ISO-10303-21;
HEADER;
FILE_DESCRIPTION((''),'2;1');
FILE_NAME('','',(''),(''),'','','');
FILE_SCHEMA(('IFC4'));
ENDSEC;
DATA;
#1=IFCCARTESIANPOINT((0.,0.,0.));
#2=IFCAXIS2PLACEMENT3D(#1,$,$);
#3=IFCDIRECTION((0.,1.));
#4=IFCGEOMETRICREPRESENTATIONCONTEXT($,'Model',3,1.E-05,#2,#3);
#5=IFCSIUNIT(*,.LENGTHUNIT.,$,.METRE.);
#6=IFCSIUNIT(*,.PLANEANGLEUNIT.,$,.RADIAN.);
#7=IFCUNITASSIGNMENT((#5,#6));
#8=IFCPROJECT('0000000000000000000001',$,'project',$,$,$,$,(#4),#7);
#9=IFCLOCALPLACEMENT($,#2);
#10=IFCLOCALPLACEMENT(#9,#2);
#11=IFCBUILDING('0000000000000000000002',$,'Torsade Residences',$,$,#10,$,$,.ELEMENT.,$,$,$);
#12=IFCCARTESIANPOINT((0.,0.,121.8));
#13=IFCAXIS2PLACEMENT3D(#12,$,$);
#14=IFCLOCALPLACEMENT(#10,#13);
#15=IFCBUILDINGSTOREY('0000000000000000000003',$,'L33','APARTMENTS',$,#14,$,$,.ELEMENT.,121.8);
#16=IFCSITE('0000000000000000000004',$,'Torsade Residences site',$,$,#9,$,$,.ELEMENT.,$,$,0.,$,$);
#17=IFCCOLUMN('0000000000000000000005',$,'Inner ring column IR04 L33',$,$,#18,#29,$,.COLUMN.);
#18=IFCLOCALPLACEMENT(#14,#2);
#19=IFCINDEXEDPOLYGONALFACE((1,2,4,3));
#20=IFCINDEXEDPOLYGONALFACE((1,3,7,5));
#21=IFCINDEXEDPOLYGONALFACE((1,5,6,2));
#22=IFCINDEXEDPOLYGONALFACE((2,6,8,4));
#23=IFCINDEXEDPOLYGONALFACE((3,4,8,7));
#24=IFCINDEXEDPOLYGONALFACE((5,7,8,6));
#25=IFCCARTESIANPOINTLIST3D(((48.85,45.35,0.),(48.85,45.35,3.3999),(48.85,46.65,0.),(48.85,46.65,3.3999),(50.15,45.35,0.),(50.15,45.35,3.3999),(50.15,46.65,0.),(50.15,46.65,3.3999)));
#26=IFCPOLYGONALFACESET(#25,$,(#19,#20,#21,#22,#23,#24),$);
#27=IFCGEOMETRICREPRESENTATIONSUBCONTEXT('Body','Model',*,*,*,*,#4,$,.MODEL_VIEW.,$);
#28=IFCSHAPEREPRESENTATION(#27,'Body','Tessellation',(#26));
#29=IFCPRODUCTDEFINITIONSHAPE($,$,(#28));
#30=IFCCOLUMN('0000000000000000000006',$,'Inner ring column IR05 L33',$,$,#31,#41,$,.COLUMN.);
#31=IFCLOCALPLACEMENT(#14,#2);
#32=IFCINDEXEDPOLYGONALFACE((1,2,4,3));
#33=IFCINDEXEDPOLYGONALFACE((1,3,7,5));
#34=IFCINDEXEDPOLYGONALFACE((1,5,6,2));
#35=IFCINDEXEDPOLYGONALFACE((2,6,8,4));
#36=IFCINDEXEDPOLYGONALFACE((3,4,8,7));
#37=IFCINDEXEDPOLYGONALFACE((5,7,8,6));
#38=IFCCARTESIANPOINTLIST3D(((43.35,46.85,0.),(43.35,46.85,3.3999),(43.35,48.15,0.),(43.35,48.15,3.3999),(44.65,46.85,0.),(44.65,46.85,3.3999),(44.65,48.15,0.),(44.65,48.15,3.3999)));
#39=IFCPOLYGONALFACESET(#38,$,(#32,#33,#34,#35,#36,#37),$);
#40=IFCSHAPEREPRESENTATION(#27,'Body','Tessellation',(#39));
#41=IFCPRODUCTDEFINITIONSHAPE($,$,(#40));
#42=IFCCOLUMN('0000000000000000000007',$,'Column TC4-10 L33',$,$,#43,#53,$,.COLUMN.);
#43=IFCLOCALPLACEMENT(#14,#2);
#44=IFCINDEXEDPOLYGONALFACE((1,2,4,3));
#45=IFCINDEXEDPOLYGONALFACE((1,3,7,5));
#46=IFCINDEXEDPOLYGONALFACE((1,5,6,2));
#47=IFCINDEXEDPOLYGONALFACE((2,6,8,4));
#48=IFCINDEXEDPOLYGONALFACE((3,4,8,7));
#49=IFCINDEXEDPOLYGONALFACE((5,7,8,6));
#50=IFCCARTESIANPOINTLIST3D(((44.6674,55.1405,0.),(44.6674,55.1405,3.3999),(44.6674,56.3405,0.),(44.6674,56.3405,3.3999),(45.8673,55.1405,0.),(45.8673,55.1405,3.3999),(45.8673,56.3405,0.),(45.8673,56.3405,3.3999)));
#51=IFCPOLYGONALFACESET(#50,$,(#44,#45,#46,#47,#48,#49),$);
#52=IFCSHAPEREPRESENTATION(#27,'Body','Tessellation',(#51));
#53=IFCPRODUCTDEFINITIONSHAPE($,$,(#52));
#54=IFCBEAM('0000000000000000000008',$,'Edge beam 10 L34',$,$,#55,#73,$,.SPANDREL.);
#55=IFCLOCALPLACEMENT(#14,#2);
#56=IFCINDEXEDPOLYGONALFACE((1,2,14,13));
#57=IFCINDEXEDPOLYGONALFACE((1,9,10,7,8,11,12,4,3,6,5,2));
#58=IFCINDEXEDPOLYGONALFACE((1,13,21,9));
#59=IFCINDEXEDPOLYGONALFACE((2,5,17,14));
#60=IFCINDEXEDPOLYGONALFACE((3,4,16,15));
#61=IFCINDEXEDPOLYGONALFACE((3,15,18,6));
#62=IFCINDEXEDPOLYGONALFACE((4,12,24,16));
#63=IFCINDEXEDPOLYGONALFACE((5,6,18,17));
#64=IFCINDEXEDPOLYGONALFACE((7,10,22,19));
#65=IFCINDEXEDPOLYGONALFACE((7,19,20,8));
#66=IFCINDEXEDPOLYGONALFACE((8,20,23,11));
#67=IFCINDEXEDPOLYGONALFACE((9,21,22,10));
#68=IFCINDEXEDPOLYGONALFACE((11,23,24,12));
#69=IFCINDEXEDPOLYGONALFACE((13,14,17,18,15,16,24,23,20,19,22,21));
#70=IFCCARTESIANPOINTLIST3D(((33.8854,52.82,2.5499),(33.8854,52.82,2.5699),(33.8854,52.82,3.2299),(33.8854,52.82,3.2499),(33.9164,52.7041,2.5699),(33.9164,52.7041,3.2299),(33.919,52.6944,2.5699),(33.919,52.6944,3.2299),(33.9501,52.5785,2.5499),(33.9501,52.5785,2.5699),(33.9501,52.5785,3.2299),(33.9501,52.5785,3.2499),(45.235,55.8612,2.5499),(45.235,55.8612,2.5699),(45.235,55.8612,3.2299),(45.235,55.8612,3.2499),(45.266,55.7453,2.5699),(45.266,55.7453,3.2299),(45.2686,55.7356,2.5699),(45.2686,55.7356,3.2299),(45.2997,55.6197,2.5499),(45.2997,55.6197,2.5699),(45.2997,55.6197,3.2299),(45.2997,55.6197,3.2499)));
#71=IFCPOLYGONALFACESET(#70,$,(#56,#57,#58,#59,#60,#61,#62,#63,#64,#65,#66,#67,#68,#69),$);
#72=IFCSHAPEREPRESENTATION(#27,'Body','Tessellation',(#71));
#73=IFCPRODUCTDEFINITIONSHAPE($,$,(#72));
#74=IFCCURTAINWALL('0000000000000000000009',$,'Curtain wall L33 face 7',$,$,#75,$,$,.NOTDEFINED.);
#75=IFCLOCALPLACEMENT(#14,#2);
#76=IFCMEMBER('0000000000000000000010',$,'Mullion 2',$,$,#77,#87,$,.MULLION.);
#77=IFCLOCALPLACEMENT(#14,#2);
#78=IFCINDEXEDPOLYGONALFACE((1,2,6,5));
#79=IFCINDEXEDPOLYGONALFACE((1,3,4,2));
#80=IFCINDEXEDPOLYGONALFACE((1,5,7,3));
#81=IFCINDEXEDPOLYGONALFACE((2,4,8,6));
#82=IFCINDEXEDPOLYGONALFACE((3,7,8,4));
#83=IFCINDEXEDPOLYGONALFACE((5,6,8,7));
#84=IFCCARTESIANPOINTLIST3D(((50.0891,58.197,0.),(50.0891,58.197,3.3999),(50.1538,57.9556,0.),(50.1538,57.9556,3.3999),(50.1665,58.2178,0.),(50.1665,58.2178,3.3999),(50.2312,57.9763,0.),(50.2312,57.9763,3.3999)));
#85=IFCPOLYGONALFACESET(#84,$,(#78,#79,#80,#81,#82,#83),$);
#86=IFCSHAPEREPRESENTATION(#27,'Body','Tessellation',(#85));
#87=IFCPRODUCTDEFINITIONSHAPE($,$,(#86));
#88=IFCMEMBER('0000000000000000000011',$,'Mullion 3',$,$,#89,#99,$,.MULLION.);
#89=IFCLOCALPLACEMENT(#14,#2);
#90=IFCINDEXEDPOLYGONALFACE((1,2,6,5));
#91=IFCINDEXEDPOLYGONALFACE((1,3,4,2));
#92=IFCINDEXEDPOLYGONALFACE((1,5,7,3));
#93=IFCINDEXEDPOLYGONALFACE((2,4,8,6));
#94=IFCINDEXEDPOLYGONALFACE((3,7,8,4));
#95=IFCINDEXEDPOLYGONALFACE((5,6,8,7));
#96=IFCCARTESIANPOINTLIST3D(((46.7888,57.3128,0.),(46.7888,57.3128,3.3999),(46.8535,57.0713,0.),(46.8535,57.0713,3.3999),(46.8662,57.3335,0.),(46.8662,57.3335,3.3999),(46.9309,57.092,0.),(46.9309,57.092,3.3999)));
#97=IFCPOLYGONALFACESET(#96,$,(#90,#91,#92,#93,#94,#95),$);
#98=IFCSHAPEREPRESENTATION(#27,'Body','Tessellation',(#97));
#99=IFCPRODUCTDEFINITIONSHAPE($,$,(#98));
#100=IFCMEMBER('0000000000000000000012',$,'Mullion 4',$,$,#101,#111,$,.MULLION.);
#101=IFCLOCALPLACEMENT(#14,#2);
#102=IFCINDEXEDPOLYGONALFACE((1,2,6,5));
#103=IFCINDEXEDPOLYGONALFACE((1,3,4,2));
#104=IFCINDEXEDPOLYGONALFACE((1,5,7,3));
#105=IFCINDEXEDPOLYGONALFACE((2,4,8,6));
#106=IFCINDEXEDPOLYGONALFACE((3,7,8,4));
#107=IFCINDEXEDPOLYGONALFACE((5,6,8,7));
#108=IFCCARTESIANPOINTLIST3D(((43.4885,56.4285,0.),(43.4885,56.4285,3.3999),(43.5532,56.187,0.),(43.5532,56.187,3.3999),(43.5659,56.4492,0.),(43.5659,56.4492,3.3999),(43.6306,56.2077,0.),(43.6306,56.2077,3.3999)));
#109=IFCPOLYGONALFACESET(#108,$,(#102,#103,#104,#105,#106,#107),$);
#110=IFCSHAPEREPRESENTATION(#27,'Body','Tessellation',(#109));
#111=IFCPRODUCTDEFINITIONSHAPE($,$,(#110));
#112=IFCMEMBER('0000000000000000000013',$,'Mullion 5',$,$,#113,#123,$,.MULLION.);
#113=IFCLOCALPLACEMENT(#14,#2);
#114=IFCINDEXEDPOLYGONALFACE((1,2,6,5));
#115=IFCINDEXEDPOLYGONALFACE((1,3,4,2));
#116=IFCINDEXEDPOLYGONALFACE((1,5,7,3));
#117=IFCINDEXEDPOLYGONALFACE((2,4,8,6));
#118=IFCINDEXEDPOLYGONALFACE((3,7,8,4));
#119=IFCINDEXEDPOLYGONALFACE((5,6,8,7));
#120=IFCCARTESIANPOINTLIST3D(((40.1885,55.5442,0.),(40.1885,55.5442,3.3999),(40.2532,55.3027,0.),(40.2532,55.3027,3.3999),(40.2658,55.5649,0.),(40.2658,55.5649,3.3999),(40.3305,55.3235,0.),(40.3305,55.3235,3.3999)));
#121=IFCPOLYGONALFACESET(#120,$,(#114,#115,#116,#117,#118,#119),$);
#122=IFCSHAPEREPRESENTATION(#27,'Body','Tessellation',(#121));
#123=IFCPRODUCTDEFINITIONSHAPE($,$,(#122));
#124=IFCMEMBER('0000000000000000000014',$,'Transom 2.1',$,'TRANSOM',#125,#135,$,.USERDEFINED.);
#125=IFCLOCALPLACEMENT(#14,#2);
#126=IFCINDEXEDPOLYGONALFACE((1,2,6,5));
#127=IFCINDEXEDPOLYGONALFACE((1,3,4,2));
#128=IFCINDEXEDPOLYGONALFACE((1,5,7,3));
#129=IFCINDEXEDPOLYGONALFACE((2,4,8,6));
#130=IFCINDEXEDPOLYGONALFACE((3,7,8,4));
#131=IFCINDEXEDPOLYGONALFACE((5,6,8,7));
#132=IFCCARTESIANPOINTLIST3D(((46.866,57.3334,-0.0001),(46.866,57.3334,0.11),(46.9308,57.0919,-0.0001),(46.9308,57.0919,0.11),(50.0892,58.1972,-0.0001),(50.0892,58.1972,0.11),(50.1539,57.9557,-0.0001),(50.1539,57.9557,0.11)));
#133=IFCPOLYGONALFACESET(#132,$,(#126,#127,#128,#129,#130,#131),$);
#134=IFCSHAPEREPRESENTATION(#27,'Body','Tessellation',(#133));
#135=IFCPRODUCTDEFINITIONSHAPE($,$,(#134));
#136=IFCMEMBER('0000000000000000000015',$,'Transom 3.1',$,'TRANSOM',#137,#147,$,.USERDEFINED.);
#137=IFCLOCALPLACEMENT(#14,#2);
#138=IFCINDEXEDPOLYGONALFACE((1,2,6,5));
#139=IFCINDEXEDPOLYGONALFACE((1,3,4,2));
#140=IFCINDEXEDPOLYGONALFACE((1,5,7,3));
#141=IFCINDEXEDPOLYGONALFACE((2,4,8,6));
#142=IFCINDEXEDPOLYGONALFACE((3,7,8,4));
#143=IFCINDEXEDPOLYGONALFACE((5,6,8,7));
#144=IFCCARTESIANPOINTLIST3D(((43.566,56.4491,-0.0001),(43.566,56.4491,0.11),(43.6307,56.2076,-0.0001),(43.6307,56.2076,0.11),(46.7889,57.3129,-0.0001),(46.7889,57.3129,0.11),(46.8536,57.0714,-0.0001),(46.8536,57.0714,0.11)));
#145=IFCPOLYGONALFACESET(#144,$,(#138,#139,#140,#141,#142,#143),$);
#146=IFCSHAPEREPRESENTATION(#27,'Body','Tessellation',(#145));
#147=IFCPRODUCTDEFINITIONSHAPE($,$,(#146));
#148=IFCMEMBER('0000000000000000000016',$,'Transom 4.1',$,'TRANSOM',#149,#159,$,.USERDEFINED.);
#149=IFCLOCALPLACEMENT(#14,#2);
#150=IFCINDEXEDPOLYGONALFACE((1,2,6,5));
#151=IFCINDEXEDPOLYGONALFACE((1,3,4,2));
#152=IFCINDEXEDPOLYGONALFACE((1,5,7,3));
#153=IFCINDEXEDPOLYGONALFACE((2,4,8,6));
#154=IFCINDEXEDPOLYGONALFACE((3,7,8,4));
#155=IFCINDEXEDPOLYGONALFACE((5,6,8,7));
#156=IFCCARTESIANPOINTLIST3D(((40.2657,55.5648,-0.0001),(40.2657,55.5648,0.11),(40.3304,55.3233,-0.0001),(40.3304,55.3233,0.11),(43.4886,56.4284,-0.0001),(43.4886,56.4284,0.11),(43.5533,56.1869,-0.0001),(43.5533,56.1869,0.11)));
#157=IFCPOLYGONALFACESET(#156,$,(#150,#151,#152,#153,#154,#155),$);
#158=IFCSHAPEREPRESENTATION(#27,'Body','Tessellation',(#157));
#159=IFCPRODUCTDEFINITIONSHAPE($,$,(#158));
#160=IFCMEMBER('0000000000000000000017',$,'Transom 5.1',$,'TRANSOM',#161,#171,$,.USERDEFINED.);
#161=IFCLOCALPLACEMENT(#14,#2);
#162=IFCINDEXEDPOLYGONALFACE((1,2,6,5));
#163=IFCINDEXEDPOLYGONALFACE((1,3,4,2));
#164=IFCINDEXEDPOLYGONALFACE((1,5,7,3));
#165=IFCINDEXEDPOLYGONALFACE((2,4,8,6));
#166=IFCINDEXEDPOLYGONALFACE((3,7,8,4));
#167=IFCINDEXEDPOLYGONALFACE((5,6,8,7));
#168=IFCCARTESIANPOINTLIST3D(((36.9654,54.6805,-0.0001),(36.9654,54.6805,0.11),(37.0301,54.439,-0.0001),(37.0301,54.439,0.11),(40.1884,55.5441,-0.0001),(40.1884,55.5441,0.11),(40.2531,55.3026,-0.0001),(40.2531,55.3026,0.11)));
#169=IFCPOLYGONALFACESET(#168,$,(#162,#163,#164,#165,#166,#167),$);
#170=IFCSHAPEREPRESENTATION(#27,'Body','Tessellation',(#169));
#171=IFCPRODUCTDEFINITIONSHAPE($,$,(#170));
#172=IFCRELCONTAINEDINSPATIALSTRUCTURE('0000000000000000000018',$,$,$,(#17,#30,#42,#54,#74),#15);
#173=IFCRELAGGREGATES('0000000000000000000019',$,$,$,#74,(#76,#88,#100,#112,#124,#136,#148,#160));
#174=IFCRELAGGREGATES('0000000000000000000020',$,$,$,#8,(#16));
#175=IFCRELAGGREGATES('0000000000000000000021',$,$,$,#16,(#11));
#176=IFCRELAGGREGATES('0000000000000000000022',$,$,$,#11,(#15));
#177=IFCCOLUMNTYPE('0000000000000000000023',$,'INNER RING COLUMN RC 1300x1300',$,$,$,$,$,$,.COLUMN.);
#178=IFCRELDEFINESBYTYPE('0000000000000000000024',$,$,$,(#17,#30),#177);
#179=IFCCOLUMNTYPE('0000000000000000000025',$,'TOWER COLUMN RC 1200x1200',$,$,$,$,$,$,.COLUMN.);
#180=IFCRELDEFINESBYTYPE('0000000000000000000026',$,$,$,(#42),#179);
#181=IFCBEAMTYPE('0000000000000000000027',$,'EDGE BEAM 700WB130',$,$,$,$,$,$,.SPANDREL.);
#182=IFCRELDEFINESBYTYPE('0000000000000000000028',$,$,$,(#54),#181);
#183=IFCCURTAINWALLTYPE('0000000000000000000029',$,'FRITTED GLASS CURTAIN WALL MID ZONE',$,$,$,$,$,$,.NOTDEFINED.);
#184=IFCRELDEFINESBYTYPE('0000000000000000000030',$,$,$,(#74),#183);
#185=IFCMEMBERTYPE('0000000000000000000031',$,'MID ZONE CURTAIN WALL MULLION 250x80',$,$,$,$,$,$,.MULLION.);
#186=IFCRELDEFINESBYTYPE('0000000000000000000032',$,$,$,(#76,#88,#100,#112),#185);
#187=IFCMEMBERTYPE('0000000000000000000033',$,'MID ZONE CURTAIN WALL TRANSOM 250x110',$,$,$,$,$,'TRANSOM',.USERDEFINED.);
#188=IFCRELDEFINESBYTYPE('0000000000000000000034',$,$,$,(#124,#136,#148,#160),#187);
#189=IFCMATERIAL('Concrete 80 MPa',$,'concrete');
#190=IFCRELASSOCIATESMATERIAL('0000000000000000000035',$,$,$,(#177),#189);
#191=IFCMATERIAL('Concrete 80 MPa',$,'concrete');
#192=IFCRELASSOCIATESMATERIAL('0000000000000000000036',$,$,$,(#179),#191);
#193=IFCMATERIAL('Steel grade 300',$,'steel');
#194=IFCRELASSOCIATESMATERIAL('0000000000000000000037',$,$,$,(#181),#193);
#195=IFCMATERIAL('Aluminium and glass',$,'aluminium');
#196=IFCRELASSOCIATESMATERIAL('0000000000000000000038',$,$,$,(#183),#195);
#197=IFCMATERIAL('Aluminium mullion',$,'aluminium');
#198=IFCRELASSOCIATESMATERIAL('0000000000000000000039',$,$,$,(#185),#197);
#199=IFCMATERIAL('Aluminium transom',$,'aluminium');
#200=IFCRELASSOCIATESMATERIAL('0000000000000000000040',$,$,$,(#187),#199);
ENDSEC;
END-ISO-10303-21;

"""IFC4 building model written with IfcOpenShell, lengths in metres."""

from ifc_helpers import new_model, si_unit, direction, frame, origin, origin_2d, place, context, subcontext, project, spatial, rectangle, i_section, extrude, material, material_profile, profile_set, type_object, element, aggregate, save


model = new_model("IFC4")

# Units and contexts
model_context = context("Model", 3, precision=1e-05, world=origin(), true_north=direction((0.0, 1.0)))
body_context = subcontext(model_context, "Body", "Model", "MODEL_VIEW")
ifc_project = project(units=[si_unit("LENGTHUNIT", "METRE"), si_unit("PLANEANGLEUNIT", "RADIAN")], contexts=[model_context])

# Site, building, storey
site_placement = place(None, origin())
site = spatial("IfcSite", under=ifc_project, at=site_placement, Name="Torsade Residences site", CompositionType="ELEMENT", RefElevation=0.0)
building_placement = place(site_placement, origin())
building = spatial("IfcBuilding", under=site, at=building_placement, Name="Torsade Residences", CompositionType="ELEMENT")
storey_placement = place(building_placement, frame((0.0, 0.0, 121.8)))
storey = spatial("IfcBuildingStorey", under=building, at=storey_placement, Name="L33", Description="APARTMENTS", CompositionType="ELEMENT", Elevation=121.8)

# Columns
ifc_material_1 = material(Name="Concrete 80 MPa", Category="concrete")
ifc_material_profile_1 = material_profile(ifc_material_1, rectangle(XDim=1.3, YDim=1.3, at=origin_2d()), Name="RC 1300x1300")
ifc_profile_set_1 = profile_set([ifc_material_profile_1], Name="Concrete 80 MPa")
column_type_1 = type_object("IfcColumnType", Name="INNER RING COLUMN RC 1300x1300", PredefinedType="COLUMN", material=ifc_profile_set_1)
for number, where, z_axis, x_axis, name in (
    (1, (49.5, 46.0, 0.0), (0.0, 0.0, 1.0), (1.0, 0.0, 0.0), "Inner ring column IR04 L33"),
    (2, (44.0, 47.5, 0.0), (0.0, 0.0, 1.0), (1.0, 0.0, 0.0), "Inner ring column IR05 L33"),
):
    element("IfcColumn", number, at=place(storey_placement, frame(where, z_axis=z_axis, x_axis=x_axis)), inside=storey, type_object=column_type_1, Name=name, PredefinedType="COLUMN", context=body_context, shape_type="SweptSolid", body=[
        extrude(rectangle(XDim=1.3, YDim=1.3, at=origin_2d()), origin(), (0.0, 0.0, 1.0), 3.3999),
    ])
ifc_material_2 = material(Name="Concrete 80 MPa", Category="concrete")
ifc_material_profile_2 = material_profile(ifc_material_2, rectangle(XDim=1.2, YDim=1.2, at=origin_2d()), Name="RC 1200x1200")
ifc_profile_set_2 = profile_set([ifc_material_profile_2], Name="Concrete 80 MPa")
column_type_2 = type_object("IfcColumnType", Name="TOWER COLUMN RC 1200x1200", PredefinedType="COLUMN", material=ifc_profile_set_2)
column_placement = place(storey_placement, frame((45.2673, 55.7405, 0.0), z_axis=(0.0, 0.0, 1.0), x_axis=(1.0, 0.0, 0.0)))
element("IfcColumn", 3, at=column_placement, inside=storey, type_object=column_type_2, Name="Column TC4-10 L33", PredefinedType="COLUMN", context=body_context, shape_type="SweptSolid", body=[
    extrude(rectangle(XDim=1.2, YDim=1.2, at=origin_2d()), origin(), (0.0, 0.0, 1.0), 3.3999),
])

# Beam
ifc_material_3 = material(Name="Steel grade 300", Category="steel")
ifc_material_profile_3 = material_profile(ifc_material_3, i_section(OverallWidth=0.25, OverallDepth=0.7, WebThickness=0.01, FlangeThickness=0.02, at=origin_2d()), Name="700WB130")
ifc_profile_set_3 = profile_set([ifc_material_profile_3], Name="Steel grade 300")
beam_type_1 = type_object("IfcBeamType", Name="EDGE BEAM 700WB130", PredefinedType="SPANDREL", material=ifc_profile_set_3)
beam_1_placement = place(storey_placement, frame((45.2673, 55.7405, 2.8999), z_axis=(-0.965923, -0.25883, 0.0), x_axis=(0.25883, -0.965923, 0.0)))
element("IfcBeam", 4, at=beam_1_placement, inside=storey, type_object=beam_type_1, Name="Edge beam 10 L34", PredefinedType="SPANDREL", context=body_context, shape_type="SweptSolid", body=[
    extrude(i_section(OverallWidth=0.25, OverallDepth=0.7, WebThickness=0.01, FlangeThickness=0.02, at=origin_2d()), origin(), (0.0, 0.0, 1.0), 11.75),
])

# Curtain wall, members
ifc_material_4 = material(Name="Aluminium and glass", Category="aluminium")
curtain_wall_type = type_object("IfcCurtainWallType", Name="FRITTED GLASS CURTAIN WALL MID ZONE", PredefinedType="NOTDEFINED", material=ifc_material_4)
curtain_wall_placement = place(storey_placement, origin())
curtain_wall = element("IfcCurtainWall", 5, at=curtain_wall_placement, inside=storey, type_object=curtain_wall_type, Name="Curtain wall L33 face 7", PredefinedType="NOTDEFINED")
ifc_material_5 = material(Name="Aluminium mullion", Category="aluminium")
ifc_material_profile_4 = material_profile(ifc_material_5, rectangle(XDim=0.25, YDim=0.0801, at=origin_2d()), Name="MID ZONE CURTAIN WALL MULLION 250x80")
ifc_profile_set_4 = profile_set([ifc_material_profile_4], Name="Aluminium mullion")
member_type_1 = type_object("IfcMemberType", Name="MID ZONE CURTAIN WALL MULLION 250x80", PredefinedType="MULLION", material=ifc_profile_set_4)
member_1_placement = place(storey_placement, frame((50.1602, 58.0867, 0.0), z_axis=(0.0, 0.0, 1.0), x_axis=(0.258819, -0.965926, 0.0)))
member_1 = element("IfcMember", 6, at=member_1_placement, type_object=member_type_1, Name="Mullion 2", PredefinedType="MULLION", context=body_context, shape_type="SweptSolid", body=[
    extrude(rectangle(XDim=0.25, YDim=0.0801, at=origin_2d()), origin(), (0.0, 0.0, 1.0), 3.3999),
])
member_2_placement = place(storey_placement, frame((46.8599, 57.2024, 0.0), z_axis=(0.0, 0.0, 1.0), x_axis=(0.258819, -0.965926, 0.0)))
member_2 = element("IfcMember", 7, at=member_2_placement, type_object=member_type_1, Name="Mullion 3", PredefinedType="MULLION", context=body_context, shape_type="SweptSolid", body=[
    extrude(rectangle(XDim=0.25, YDim=0.0801, at=origin_2d()), origin(), (0.0, 0.0, 1.0), 3.3999),
])
member_3_placement = place(storey_placement, frame((43.5596, 56.3181, 0.0), z_axis=(0.0, 0.0, 1.0), x_axis=(0.258819, -0.965926, 0.0)))
member_3 = element("IfcMember", 8, at=member_3_placement, type_object=member_type_1, Name="Mullion 4", PredefinedType="MULLION", context=body_context, shape_type="SweptSolid", body=[
    extrude(rectangle(XDim=0.25, YDim=0.0801, at=origin_2d()), origin(), (0.0, 0.0, 1.0), 3.3999),
])
member_4_placement = place(storey_placement, frame((40.2595, 55.4338, 0.0), z_axis=(0.0, 0.0, 1.0), x_axis=(0.258819, -0.965926, 0.0)))
member_4 = element("IfcMember", 9, at=member_4_placement, type_object=member_type_1, Name="Mullion 5", PredefinedType="MULLION", context=body_context, shape_type="SweptSolid", body=[
    extrude(rectangle(XDim=0.25, YDim=0.0801, at=origin_2d()), origin(), (0.0, 0.0, 1.0), 3.3999),
])
ifc_material_6 = material(Name="Aluminium transom", Category="aluminium")
ifc_material_profile_5 = material_profile(ifc_material_6, rectangle(XDim=0.25, YDim=0.1101, at=origin_2d()), Name="MID ZONE CURTAIN WALL TRANSOM 250x110")
ifc_profile_set_5 = profile_set([ifc_material_profile_5], Name="Aluminium transom")
member_type_2 = type_object("IfcMemberType", Name="MID ZONE CURTAIN WALL TRANSOM 250x110", ElementType="TRANSOM", PredefinedType="USERDEFINED", material=ifc_profile_set_5)
member_5_placement = place(storey_placement, frame((50.1216, 58.0764, 0.0549), z_axis=(-0.965916, -0.258856, 0.0), x_axis=(0.258856, -0.965916, 0.0)))
member_5 = element("IfcMember", 10, at=member_5_placement, type_object=member_type_2, Name="Transom 2.1", ObjectType="TRANSOM", PredefinedType="USERDEFINED", context=body_context, shape_type="SweptSolid", body=[
    extrude(rectangle(XDim=0.25, YDim=0.1101, at=origin_2d()), origin(), (0.0, 0.0, 1.0), 3.3369),
])
member_6_placement = place(storey_placement, frame((46.8213, 57.1921, 0.0549), z_axis=(-0.965911, -0.258874, 0.0), x_axis=(0.258874, -0.965911, 0.0)))
member_6 = element("IfcMember", 11, at=member_6_placement, type_object=member_type_2, Name="Transom 3.1", ObjectType="TRANSOM", PredefinedType="USERDEFINED", context=body_context, shape_type="SweptSolid", body=[
    extrude(rectangle(XDim=0.25, YDim=0.1101, at=origin_2d()), origin(), (0.0, 0.0, 1.0), 3.3367),
])
member_7_placement = place(storey_placement, frame((43.521, 56.3076, 0.0549), z_axis=(-0.965929, -0.258806, 0.0), x_axis=(0.258806, -0.965929, 0.0)))
member_7 = element("IfcMember", 12, at=member_7_placement, type_object=member_type_2, Name="Transom 4.1", ObjectType="TRANSOM", PredefinedType="USERDEFINED", context=body_context, shape_type="SweptSolid", body=[
    extrude(rectangle(XDim=0.25, YDim=0.1101, at=origin_2d()), origin(), (0.0, 0.0, 1.0), 3.3367),
])
member_8_placement = place(storey_placement, frame((40.2207, 55.4233, 0.0549), z_axis=(-0.965929, -0.258806, 0.0), x_axis=(0.258806, -0.965929, 0.0)))
member_8 = element("IfcMember", 13, at=member_8_placement, type_object=member_type_2, Name="Transom 5.1", ObjectType="TRANSOM", PredefinedType="USERDEFINED", context=body_context, shape_type="SweptSolid", body=[
    extrude(rectangle(XDim=0.25, YDim=0.1101, at=origin_2d()), origin(), (0.0, 0.0, 1.0), 3.3367),
])

aggregate(curtain_wall, [member_1, member_2, member_3, member_4, member_5, member_6, member_7, member_8])

save(model, "model.ifc")
